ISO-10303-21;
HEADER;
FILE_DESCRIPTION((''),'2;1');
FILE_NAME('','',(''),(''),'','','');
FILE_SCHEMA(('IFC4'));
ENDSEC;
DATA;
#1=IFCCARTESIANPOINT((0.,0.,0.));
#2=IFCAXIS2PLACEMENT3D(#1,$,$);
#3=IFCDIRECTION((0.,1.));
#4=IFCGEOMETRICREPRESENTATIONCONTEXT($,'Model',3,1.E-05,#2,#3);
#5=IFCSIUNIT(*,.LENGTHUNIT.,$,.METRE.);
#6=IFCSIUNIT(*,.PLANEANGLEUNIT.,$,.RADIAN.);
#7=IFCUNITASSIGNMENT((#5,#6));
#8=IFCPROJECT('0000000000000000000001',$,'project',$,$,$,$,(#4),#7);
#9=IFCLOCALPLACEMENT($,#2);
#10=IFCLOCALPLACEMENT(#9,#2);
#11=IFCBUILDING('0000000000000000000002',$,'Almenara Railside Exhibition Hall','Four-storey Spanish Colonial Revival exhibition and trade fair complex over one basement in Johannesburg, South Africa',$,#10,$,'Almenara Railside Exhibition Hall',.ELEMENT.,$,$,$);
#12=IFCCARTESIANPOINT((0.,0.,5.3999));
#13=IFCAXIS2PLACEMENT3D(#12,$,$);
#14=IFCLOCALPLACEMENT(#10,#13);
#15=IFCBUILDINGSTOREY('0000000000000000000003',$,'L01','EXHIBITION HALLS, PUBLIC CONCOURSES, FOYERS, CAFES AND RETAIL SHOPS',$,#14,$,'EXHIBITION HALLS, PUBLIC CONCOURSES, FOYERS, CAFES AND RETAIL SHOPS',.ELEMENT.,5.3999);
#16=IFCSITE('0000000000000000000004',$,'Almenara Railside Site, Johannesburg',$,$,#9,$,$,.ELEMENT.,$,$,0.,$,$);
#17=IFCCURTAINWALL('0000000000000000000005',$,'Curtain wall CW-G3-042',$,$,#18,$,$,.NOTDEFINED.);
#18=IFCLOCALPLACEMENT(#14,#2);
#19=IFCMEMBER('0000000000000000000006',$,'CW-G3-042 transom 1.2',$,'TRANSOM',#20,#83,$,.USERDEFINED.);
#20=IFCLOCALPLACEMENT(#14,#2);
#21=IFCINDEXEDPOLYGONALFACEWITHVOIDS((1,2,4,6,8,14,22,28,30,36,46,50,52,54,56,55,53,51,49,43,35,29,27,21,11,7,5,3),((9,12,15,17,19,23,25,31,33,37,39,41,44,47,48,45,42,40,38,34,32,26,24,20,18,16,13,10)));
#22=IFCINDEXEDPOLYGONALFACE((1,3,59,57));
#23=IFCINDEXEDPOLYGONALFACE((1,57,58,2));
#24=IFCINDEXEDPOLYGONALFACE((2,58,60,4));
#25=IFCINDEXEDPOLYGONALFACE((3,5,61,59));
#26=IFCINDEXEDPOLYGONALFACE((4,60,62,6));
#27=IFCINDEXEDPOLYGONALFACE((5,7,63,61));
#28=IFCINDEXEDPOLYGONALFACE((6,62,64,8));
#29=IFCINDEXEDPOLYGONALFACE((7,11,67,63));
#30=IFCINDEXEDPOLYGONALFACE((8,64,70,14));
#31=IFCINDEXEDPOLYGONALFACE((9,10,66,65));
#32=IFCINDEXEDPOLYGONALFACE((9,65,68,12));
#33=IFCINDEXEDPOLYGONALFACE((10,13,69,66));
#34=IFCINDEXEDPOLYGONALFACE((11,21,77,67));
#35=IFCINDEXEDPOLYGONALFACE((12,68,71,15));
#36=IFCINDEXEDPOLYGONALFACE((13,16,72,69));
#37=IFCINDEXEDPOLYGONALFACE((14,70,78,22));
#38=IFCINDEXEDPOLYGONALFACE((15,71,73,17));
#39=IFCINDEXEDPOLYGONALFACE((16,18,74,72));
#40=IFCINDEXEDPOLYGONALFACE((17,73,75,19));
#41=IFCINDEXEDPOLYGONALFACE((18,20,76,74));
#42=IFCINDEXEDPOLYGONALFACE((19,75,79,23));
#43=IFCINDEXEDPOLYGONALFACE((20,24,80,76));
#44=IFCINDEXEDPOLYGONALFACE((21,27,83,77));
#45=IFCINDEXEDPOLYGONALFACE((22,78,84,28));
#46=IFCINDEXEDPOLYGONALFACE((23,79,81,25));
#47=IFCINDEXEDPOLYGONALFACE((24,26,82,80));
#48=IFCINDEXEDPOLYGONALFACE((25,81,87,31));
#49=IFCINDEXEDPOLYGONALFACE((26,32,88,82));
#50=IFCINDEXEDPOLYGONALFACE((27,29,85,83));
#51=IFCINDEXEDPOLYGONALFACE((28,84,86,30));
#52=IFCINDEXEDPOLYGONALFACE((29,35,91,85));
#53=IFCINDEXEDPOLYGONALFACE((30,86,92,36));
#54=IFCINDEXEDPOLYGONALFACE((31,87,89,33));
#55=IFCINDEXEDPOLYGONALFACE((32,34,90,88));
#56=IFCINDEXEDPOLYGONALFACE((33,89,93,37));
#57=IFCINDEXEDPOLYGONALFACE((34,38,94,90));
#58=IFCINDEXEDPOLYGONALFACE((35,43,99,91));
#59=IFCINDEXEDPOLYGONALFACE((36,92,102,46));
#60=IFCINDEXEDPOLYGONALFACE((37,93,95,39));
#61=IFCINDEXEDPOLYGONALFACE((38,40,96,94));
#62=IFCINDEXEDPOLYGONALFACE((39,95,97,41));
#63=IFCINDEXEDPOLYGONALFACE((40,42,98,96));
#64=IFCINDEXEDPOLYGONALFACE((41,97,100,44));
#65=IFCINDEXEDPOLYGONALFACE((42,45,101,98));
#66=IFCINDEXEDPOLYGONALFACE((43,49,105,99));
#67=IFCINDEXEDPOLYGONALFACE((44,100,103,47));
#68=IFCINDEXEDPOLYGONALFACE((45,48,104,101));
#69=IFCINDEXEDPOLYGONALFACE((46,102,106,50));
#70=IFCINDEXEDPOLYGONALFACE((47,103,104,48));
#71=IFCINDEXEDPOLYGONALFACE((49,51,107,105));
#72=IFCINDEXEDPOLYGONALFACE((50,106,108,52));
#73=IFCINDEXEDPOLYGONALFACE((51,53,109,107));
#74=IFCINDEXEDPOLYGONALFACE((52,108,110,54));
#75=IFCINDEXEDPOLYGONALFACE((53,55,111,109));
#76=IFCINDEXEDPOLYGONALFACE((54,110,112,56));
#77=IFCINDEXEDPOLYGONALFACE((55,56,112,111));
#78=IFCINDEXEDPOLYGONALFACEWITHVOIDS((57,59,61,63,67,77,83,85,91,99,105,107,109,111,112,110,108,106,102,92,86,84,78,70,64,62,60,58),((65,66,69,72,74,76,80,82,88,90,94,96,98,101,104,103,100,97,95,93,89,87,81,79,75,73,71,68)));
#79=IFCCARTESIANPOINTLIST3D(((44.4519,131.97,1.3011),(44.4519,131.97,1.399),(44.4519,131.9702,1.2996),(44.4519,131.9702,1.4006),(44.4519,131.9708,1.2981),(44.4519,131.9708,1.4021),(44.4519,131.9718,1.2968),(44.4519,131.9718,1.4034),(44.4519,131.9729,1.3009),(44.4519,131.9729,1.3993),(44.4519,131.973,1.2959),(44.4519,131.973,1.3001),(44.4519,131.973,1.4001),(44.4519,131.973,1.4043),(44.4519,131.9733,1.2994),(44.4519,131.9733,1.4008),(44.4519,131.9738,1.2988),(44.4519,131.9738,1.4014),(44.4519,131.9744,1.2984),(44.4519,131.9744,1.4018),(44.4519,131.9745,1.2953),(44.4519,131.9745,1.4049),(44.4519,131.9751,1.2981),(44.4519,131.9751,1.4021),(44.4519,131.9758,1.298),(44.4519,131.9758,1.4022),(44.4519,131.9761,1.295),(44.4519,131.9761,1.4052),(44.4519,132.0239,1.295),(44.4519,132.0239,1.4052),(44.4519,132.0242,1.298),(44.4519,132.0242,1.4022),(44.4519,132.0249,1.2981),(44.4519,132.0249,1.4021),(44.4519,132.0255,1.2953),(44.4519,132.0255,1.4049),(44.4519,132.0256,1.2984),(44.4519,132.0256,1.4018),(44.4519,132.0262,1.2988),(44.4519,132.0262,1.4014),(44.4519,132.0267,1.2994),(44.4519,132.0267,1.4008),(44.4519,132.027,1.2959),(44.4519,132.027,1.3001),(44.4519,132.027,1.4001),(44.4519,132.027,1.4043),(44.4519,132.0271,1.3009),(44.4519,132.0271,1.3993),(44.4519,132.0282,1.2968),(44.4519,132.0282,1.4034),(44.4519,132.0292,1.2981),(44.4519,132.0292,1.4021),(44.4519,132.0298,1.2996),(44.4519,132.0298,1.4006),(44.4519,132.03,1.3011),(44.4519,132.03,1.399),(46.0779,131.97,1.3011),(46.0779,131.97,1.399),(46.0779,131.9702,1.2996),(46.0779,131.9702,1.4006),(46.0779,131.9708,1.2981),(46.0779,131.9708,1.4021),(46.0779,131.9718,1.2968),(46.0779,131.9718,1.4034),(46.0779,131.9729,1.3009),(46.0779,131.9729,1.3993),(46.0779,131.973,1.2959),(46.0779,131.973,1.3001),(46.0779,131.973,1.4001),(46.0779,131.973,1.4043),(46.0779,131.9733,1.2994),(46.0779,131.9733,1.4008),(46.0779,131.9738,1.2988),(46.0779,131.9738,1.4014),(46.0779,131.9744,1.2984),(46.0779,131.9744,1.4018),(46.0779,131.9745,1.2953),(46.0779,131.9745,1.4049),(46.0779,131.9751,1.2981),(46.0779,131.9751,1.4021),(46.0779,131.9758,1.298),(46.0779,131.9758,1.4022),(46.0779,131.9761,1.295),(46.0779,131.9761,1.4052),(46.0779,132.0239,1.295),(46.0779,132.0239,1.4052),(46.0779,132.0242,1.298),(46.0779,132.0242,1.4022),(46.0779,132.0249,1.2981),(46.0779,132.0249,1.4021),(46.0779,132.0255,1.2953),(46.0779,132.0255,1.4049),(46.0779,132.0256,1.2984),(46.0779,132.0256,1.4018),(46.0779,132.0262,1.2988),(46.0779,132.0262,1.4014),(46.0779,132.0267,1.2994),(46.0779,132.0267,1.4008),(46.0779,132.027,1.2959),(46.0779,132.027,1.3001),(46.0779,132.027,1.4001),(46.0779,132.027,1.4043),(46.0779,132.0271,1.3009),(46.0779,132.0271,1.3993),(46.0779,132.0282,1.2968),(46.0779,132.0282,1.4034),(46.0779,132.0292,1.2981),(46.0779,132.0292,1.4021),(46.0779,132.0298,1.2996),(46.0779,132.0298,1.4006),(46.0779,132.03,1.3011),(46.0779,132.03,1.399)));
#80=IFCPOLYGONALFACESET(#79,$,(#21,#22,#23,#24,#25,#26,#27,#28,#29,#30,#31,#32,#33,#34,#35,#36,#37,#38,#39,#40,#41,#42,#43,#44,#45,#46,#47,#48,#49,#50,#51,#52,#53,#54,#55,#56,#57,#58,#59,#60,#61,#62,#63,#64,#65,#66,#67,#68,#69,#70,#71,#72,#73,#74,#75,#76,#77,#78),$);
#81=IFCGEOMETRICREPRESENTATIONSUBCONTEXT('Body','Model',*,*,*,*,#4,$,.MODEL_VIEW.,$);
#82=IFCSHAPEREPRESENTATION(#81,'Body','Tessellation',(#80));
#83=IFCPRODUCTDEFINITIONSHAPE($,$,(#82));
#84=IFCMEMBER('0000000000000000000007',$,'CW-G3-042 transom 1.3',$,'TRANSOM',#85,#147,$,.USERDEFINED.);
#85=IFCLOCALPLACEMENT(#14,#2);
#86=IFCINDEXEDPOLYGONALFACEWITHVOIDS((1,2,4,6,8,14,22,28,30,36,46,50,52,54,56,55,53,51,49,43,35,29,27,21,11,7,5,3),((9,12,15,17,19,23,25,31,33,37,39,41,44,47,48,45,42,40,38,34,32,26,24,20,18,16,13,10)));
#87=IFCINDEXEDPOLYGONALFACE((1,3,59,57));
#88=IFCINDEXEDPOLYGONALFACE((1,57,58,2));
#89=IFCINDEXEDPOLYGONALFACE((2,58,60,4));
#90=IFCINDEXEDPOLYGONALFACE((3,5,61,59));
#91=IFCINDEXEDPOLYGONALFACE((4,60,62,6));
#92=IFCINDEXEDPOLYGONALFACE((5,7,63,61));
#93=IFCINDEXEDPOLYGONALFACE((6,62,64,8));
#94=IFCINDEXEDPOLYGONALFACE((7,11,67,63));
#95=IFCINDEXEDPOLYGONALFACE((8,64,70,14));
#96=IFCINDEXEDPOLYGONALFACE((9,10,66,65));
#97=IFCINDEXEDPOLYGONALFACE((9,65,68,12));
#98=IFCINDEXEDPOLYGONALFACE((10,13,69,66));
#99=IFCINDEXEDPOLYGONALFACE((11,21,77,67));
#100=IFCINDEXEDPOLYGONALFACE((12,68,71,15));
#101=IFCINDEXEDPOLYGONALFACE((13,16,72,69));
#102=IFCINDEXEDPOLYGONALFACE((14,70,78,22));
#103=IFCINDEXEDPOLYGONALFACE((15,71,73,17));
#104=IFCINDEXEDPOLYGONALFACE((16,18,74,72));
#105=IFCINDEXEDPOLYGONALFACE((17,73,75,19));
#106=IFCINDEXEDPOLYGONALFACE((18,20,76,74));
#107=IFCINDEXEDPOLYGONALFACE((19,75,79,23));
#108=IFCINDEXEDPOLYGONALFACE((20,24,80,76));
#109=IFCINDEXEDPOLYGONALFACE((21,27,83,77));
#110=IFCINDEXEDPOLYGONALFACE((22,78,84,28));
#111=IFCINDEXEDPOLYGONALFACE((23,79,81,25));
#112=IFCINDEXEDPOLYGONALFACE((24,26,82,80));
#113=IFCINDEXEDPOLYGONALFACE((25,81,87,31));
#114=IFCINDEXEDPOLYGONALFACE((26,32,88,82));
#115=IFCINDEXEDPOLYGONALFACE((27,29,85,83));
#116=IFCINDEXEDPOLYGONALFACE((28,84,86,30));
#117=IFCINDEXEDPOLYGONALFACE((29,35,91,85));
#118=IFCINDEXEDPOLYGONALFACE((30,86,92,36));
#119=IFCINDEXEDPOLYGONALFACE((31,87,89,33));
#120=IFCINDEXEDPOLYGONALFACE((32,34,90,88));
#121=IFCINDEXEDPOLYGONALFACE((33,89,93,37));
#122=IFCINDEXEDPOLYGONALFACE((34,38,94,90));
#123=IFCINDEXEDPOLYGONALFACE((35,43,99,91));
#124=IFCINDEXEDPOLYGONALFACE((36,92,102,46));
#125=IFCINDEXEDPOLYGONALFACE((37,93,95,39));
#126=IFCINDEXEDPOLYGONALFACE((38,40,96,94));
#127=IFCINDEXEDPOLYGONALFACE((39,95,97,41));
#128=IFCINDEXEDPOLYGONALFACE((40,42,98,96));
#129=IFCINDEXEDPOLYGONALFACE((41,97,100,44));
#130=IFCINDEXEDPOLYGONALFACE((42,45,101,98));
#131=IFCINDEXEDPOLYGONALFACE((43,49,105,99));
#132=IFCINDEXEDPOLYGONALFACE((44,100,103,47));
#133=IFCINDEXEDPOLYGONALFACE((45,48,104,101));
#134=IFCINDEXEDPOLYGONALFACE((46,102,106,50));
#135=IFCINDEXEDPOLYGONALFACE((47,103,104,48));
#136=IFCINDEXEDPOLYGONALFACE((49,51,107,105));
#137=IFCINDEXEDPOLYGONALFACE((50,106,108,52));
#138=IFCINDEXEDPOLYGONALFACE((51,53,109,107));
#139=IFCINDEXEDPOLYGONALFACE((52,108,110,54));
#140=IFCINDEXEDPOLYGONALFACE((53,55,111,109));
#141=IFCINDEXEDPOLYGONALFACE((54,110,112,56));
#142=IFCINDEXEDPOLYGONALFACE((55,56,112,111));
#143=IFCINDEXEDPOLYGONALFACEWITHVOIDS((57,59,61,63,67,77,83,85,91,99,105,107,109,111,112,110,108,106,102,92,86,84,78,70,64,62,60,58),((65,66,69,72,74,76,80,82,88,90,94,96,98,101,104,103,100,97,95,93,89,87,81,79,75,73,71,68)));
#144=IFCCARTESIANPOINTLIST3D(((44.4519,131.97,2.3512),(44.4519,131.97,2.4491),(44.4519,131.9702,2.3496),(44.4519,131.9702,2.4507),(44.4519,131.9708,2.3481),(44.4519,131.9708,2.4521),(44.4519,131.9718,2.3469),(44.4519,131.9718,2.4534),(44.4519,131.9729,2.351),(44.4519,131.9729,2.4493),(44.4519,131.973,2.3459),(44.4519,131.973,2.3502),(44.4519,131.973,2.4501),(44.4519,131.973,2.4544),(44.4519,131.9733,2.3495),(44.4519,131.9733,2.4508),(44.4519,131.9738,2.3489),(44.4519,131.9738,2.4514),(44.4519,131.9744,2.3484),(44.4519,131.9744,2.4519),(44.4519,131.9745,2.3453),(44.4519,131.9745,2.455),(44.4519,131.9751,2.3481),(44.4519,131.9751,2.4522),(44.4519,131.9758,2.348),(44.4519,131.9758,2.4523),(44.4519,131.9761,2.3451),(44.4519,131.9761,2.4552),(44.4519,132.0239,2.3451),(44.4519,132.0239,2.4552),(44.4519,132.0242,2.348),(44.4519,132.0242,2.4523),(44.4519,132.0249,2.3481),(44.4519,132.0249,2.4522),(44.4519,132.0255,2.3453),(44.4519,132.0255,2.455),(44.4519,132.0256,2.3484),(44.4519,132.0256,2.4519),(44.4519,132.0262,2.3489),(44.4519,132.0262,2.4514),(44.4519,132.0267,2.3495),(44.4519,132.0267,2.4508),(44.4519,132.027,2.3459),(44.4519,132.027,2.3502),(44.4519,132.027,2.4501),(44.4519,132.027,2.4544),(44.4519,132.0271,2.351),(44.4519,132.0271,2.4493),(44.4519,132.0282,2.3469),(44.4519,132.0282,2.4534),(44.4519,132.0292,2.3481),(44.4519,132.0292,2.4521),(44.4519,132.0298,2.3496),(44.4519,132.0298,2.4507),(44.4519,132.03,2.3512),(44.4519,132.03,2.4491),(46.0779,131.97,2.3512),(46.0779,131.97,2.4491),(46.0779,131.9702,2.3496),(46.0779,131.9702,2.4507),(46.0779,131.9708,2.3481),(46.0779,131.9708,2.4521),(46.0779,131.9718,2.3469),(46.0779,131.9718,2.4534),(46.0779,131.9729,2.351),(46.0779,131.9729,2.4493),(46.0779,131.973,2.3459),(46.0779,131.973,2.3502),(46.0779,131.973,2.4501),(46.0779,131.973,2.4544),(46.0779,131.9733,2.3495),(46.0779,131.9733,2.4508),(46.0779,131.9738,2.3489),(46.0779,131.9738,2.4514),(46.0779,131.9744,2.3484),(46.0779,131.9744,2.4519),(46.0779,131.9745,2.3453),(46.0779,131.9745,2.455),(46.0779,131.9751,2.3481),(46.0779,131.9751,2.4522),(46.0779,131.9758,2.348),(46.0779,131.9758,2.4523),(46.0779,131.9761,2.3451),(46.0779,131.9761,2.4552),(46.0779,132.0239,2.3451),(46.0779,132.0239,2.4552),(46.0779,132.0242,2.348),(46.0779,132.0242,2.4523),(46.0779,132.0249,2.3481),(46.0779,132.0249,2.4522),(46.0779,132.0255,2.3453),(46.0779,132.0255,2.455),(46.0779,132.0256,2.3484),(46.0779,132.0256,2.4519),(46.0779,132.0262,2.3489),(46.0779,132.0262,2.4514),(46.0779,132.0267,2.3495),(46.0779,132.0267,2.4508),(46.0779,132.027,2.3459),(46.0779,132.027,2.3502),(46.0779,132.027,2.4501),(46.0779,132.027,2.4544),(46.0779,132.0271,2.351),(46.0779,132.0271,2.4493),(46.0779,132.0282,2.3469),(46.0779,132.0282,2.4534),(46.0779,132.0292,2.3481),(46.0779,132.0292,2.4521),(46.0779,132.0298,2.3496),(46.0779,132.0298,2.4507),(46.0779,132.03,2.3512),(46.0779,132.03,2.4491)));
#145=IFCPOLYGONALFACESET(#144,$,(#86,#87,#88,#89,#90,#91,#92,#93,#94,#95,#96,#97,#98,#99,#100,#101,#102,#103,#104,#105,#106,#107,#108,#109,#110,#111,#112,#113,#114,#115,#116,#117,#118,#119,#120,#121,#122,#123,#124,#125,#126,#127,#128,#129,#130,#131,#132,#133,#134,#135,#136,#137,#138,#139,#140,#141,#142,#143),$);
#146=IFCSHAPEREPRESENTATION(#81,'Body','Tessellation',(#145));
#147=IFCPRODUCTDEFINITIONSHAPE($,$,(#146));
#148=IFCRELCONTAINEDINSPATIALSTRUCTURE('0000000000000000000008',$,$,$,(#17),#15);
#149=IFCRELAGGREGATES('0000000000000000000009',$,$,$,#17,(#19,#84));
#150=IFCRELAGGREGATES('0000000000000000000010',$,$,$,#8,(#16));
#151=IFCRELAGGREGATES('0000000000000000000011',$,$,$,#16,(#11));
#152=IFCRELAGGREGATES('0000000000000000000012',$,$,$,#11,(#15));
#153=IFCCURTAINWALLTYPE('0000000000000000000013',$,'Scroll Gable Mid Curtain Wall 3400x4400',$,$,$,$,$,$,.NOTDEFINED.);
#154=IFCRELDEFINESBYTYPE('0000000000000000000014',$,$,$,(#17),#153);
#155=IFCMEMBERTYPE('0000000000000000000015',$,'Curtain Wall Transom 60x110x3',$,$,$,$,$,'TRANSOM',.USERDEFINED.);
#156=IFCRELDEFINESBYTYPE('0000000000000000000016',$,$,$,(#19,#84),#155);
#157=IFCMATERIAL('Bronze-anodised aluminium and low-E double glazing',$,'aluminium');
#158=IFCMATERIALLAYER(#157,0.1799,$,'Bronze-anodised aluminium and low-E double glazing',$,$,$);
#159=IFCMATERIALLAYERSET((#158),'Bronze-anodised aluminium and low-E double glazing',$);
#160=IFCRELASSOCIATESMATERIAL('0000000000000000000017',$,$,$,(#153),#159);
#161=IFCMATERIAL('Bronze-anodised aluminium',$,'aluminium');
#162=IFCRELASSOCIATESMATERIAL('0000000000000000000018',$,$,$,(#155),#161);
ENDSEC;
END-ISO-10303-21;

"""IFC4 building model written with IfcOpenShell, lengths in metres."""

from ifc_helpers import new_model, si_unit, direction, frame, origin, origin_2d, place, context, subcontext, project, spatial, hollow_rectangle, extrude, material, layer, layer_set, material_profile, profile_set, type_object, element, aggregate, save


model = new_model("IFC4")

# Units and contexts
model_context = context("Model", 3, precision=1e-05, world=origin(), true_north=direction((0.0, 1.0)))
body_context = subcontext(model_context, "Body", "Model", "MODEL_VIEW")
ifc_project = project(units=[si_unit("LENGTHUNIT", "METRE"), si_unit("PLANEANGLEUNIT", "RADIAN")], contexts=[model_context])

# Site, building, storey
site_placement = place(None, origin())
site = spatial("IfcSite", under=ifc_project, at=site_placement, Name="Almenara Railside Site, Johannesburg", CompositionType="ELEMENT", RefElevation=0.0)
building_placement = place(site_placement, origin())
building = spatial("IfcBuilding", under=site, at=building_placement, Name="Almenara Railside Exhibition Hall", Description="Four-storey Spanish Colonial Revival exhibition and trade fair complex over one basement in Johannesburg, South Africa", LongName="Almenara Railside Exhibition Hall", CompositionType="ELEMENT")
storey_placement = place(building_placement, frame((0.0, 0.0, 5.3999)))
storey = spatial("IfcBuildingStorey", under=building, at=storey_placement, Name="L01", Description="EXHIBITION HALLS, PUBLIC CONCOURSES, FOYERS, CAFES AND RETAIL SHOPS", LongName="EXHIBITION HALLS, PUBLIC CONCOURSES, FOYERS, CAFES AND RETAIL SHOPS", CompositionType="ELEMENT", Elevation=5.3999)

# Curtain wall
ifc_material_1 = material(Name="Bronze-anodised aluminium and low-E double glazing", Category="aluminium")
ifc_layer_1 = layer(ifc_material_1, 0.1799, Name="Bronze-anodised aluminium and low-E double glazing")
ifc_layer_set_1 = layer_set([ifc_layer_1], Name="Bronze-anodised aluminium and low-E double glazing")
curtain_wall_type = type_object("IfcCurtainWallType", Name="Scroll Gable Mid Curtain Wall 3400x4400", PredefinedType="NOTDEFINED", material=ifc_layer_set_1)
curtain_wall_1_placement = place(storey_placement, origin())
curtain_wall_1 = element("IfcCurtainWall", 1, at=curtain_wall_1_placement, inside=storey, type_object=curtain_wall_type, Name="Curtain wall CW-G3-042", PredefinedType="NOTDEFINED")
ifc_material_2 = material(Name="Bronze-anodised aluminium", Category="aluminium")

# Members
ifc_material_profile_1 = material_profile(ifc_material_2, hollow_rectangle(XDim=0.0601, YDim=0.1101, WallThickness=0.0029, InnerFilletRadius=0.0029, OuterFilletRadius=0.0061, at=origin_2d()), Name="ALU-TRN 60x110x3")
ifc_profile_set_1 = profile_set([ifc_material_profile_1], Name="Bronze-anodised aluminium")
member_type_1 = type_object("IfcMemberType", Name="Curtain Wall Transom 60x110x3", ElementType="TRANSOM", PredefinedType="USERDEFINED", material=ifc_profile_set_1)
member_1_placement = place(storey_placement, frame((44.4519, 132.0, 1.3501), z_axis=(1.0, 0.0, 0.0), x_axis=(0.0, 1.0, 0.0)))
member_1 = element("IfcMember", 2, at=member_1_placement, type_object=member_type_1, Name="CW-G3-042 transom 1.2", ObjectType="TRANSOM", PredefinedType="USERDEFINED", context=body_context, shape_type="SweptSolid", body=[
    extrude(hollow_rectangle(XDim=0.0601, YDim=0.1101, WallThickness=0.0029, InnerFilletRadius=0.0029, OuterFilletRadius=0.0061, at=origin_2d()), origin(), (0.0, 0.0, 1.0), 1.626),
])
member_2_placement = place(storey_placement, frame((44.4519, 132.0, 2.4001), z_axis=(1.0, 0.0, 0.0), x_axis=(0.0, 1.0, 0.0)))
member_2 = element("IfcMember", 3, at=member_2_placement, type_object=member_type_1, Name="CW-G3-042 transom 1.3", ObjectType="TRANSOM", PredefinedType="USERDEFINED", context=body_context, shape_type="SweptSolid", body=[
    extrude(hollow_rectangle(XDim=0.0601, YDim=0.1101, WallThickness=0.0029, InnerFilletRadius=0.0029, OuterFilletRadius=0.0061, at=origin_2d()), origin(), (0.0, 0.0, 1.0), 1.626),
])

aggregate(curtain_wall_1, [member_1, member_2])

save(model, "model.ifc")
